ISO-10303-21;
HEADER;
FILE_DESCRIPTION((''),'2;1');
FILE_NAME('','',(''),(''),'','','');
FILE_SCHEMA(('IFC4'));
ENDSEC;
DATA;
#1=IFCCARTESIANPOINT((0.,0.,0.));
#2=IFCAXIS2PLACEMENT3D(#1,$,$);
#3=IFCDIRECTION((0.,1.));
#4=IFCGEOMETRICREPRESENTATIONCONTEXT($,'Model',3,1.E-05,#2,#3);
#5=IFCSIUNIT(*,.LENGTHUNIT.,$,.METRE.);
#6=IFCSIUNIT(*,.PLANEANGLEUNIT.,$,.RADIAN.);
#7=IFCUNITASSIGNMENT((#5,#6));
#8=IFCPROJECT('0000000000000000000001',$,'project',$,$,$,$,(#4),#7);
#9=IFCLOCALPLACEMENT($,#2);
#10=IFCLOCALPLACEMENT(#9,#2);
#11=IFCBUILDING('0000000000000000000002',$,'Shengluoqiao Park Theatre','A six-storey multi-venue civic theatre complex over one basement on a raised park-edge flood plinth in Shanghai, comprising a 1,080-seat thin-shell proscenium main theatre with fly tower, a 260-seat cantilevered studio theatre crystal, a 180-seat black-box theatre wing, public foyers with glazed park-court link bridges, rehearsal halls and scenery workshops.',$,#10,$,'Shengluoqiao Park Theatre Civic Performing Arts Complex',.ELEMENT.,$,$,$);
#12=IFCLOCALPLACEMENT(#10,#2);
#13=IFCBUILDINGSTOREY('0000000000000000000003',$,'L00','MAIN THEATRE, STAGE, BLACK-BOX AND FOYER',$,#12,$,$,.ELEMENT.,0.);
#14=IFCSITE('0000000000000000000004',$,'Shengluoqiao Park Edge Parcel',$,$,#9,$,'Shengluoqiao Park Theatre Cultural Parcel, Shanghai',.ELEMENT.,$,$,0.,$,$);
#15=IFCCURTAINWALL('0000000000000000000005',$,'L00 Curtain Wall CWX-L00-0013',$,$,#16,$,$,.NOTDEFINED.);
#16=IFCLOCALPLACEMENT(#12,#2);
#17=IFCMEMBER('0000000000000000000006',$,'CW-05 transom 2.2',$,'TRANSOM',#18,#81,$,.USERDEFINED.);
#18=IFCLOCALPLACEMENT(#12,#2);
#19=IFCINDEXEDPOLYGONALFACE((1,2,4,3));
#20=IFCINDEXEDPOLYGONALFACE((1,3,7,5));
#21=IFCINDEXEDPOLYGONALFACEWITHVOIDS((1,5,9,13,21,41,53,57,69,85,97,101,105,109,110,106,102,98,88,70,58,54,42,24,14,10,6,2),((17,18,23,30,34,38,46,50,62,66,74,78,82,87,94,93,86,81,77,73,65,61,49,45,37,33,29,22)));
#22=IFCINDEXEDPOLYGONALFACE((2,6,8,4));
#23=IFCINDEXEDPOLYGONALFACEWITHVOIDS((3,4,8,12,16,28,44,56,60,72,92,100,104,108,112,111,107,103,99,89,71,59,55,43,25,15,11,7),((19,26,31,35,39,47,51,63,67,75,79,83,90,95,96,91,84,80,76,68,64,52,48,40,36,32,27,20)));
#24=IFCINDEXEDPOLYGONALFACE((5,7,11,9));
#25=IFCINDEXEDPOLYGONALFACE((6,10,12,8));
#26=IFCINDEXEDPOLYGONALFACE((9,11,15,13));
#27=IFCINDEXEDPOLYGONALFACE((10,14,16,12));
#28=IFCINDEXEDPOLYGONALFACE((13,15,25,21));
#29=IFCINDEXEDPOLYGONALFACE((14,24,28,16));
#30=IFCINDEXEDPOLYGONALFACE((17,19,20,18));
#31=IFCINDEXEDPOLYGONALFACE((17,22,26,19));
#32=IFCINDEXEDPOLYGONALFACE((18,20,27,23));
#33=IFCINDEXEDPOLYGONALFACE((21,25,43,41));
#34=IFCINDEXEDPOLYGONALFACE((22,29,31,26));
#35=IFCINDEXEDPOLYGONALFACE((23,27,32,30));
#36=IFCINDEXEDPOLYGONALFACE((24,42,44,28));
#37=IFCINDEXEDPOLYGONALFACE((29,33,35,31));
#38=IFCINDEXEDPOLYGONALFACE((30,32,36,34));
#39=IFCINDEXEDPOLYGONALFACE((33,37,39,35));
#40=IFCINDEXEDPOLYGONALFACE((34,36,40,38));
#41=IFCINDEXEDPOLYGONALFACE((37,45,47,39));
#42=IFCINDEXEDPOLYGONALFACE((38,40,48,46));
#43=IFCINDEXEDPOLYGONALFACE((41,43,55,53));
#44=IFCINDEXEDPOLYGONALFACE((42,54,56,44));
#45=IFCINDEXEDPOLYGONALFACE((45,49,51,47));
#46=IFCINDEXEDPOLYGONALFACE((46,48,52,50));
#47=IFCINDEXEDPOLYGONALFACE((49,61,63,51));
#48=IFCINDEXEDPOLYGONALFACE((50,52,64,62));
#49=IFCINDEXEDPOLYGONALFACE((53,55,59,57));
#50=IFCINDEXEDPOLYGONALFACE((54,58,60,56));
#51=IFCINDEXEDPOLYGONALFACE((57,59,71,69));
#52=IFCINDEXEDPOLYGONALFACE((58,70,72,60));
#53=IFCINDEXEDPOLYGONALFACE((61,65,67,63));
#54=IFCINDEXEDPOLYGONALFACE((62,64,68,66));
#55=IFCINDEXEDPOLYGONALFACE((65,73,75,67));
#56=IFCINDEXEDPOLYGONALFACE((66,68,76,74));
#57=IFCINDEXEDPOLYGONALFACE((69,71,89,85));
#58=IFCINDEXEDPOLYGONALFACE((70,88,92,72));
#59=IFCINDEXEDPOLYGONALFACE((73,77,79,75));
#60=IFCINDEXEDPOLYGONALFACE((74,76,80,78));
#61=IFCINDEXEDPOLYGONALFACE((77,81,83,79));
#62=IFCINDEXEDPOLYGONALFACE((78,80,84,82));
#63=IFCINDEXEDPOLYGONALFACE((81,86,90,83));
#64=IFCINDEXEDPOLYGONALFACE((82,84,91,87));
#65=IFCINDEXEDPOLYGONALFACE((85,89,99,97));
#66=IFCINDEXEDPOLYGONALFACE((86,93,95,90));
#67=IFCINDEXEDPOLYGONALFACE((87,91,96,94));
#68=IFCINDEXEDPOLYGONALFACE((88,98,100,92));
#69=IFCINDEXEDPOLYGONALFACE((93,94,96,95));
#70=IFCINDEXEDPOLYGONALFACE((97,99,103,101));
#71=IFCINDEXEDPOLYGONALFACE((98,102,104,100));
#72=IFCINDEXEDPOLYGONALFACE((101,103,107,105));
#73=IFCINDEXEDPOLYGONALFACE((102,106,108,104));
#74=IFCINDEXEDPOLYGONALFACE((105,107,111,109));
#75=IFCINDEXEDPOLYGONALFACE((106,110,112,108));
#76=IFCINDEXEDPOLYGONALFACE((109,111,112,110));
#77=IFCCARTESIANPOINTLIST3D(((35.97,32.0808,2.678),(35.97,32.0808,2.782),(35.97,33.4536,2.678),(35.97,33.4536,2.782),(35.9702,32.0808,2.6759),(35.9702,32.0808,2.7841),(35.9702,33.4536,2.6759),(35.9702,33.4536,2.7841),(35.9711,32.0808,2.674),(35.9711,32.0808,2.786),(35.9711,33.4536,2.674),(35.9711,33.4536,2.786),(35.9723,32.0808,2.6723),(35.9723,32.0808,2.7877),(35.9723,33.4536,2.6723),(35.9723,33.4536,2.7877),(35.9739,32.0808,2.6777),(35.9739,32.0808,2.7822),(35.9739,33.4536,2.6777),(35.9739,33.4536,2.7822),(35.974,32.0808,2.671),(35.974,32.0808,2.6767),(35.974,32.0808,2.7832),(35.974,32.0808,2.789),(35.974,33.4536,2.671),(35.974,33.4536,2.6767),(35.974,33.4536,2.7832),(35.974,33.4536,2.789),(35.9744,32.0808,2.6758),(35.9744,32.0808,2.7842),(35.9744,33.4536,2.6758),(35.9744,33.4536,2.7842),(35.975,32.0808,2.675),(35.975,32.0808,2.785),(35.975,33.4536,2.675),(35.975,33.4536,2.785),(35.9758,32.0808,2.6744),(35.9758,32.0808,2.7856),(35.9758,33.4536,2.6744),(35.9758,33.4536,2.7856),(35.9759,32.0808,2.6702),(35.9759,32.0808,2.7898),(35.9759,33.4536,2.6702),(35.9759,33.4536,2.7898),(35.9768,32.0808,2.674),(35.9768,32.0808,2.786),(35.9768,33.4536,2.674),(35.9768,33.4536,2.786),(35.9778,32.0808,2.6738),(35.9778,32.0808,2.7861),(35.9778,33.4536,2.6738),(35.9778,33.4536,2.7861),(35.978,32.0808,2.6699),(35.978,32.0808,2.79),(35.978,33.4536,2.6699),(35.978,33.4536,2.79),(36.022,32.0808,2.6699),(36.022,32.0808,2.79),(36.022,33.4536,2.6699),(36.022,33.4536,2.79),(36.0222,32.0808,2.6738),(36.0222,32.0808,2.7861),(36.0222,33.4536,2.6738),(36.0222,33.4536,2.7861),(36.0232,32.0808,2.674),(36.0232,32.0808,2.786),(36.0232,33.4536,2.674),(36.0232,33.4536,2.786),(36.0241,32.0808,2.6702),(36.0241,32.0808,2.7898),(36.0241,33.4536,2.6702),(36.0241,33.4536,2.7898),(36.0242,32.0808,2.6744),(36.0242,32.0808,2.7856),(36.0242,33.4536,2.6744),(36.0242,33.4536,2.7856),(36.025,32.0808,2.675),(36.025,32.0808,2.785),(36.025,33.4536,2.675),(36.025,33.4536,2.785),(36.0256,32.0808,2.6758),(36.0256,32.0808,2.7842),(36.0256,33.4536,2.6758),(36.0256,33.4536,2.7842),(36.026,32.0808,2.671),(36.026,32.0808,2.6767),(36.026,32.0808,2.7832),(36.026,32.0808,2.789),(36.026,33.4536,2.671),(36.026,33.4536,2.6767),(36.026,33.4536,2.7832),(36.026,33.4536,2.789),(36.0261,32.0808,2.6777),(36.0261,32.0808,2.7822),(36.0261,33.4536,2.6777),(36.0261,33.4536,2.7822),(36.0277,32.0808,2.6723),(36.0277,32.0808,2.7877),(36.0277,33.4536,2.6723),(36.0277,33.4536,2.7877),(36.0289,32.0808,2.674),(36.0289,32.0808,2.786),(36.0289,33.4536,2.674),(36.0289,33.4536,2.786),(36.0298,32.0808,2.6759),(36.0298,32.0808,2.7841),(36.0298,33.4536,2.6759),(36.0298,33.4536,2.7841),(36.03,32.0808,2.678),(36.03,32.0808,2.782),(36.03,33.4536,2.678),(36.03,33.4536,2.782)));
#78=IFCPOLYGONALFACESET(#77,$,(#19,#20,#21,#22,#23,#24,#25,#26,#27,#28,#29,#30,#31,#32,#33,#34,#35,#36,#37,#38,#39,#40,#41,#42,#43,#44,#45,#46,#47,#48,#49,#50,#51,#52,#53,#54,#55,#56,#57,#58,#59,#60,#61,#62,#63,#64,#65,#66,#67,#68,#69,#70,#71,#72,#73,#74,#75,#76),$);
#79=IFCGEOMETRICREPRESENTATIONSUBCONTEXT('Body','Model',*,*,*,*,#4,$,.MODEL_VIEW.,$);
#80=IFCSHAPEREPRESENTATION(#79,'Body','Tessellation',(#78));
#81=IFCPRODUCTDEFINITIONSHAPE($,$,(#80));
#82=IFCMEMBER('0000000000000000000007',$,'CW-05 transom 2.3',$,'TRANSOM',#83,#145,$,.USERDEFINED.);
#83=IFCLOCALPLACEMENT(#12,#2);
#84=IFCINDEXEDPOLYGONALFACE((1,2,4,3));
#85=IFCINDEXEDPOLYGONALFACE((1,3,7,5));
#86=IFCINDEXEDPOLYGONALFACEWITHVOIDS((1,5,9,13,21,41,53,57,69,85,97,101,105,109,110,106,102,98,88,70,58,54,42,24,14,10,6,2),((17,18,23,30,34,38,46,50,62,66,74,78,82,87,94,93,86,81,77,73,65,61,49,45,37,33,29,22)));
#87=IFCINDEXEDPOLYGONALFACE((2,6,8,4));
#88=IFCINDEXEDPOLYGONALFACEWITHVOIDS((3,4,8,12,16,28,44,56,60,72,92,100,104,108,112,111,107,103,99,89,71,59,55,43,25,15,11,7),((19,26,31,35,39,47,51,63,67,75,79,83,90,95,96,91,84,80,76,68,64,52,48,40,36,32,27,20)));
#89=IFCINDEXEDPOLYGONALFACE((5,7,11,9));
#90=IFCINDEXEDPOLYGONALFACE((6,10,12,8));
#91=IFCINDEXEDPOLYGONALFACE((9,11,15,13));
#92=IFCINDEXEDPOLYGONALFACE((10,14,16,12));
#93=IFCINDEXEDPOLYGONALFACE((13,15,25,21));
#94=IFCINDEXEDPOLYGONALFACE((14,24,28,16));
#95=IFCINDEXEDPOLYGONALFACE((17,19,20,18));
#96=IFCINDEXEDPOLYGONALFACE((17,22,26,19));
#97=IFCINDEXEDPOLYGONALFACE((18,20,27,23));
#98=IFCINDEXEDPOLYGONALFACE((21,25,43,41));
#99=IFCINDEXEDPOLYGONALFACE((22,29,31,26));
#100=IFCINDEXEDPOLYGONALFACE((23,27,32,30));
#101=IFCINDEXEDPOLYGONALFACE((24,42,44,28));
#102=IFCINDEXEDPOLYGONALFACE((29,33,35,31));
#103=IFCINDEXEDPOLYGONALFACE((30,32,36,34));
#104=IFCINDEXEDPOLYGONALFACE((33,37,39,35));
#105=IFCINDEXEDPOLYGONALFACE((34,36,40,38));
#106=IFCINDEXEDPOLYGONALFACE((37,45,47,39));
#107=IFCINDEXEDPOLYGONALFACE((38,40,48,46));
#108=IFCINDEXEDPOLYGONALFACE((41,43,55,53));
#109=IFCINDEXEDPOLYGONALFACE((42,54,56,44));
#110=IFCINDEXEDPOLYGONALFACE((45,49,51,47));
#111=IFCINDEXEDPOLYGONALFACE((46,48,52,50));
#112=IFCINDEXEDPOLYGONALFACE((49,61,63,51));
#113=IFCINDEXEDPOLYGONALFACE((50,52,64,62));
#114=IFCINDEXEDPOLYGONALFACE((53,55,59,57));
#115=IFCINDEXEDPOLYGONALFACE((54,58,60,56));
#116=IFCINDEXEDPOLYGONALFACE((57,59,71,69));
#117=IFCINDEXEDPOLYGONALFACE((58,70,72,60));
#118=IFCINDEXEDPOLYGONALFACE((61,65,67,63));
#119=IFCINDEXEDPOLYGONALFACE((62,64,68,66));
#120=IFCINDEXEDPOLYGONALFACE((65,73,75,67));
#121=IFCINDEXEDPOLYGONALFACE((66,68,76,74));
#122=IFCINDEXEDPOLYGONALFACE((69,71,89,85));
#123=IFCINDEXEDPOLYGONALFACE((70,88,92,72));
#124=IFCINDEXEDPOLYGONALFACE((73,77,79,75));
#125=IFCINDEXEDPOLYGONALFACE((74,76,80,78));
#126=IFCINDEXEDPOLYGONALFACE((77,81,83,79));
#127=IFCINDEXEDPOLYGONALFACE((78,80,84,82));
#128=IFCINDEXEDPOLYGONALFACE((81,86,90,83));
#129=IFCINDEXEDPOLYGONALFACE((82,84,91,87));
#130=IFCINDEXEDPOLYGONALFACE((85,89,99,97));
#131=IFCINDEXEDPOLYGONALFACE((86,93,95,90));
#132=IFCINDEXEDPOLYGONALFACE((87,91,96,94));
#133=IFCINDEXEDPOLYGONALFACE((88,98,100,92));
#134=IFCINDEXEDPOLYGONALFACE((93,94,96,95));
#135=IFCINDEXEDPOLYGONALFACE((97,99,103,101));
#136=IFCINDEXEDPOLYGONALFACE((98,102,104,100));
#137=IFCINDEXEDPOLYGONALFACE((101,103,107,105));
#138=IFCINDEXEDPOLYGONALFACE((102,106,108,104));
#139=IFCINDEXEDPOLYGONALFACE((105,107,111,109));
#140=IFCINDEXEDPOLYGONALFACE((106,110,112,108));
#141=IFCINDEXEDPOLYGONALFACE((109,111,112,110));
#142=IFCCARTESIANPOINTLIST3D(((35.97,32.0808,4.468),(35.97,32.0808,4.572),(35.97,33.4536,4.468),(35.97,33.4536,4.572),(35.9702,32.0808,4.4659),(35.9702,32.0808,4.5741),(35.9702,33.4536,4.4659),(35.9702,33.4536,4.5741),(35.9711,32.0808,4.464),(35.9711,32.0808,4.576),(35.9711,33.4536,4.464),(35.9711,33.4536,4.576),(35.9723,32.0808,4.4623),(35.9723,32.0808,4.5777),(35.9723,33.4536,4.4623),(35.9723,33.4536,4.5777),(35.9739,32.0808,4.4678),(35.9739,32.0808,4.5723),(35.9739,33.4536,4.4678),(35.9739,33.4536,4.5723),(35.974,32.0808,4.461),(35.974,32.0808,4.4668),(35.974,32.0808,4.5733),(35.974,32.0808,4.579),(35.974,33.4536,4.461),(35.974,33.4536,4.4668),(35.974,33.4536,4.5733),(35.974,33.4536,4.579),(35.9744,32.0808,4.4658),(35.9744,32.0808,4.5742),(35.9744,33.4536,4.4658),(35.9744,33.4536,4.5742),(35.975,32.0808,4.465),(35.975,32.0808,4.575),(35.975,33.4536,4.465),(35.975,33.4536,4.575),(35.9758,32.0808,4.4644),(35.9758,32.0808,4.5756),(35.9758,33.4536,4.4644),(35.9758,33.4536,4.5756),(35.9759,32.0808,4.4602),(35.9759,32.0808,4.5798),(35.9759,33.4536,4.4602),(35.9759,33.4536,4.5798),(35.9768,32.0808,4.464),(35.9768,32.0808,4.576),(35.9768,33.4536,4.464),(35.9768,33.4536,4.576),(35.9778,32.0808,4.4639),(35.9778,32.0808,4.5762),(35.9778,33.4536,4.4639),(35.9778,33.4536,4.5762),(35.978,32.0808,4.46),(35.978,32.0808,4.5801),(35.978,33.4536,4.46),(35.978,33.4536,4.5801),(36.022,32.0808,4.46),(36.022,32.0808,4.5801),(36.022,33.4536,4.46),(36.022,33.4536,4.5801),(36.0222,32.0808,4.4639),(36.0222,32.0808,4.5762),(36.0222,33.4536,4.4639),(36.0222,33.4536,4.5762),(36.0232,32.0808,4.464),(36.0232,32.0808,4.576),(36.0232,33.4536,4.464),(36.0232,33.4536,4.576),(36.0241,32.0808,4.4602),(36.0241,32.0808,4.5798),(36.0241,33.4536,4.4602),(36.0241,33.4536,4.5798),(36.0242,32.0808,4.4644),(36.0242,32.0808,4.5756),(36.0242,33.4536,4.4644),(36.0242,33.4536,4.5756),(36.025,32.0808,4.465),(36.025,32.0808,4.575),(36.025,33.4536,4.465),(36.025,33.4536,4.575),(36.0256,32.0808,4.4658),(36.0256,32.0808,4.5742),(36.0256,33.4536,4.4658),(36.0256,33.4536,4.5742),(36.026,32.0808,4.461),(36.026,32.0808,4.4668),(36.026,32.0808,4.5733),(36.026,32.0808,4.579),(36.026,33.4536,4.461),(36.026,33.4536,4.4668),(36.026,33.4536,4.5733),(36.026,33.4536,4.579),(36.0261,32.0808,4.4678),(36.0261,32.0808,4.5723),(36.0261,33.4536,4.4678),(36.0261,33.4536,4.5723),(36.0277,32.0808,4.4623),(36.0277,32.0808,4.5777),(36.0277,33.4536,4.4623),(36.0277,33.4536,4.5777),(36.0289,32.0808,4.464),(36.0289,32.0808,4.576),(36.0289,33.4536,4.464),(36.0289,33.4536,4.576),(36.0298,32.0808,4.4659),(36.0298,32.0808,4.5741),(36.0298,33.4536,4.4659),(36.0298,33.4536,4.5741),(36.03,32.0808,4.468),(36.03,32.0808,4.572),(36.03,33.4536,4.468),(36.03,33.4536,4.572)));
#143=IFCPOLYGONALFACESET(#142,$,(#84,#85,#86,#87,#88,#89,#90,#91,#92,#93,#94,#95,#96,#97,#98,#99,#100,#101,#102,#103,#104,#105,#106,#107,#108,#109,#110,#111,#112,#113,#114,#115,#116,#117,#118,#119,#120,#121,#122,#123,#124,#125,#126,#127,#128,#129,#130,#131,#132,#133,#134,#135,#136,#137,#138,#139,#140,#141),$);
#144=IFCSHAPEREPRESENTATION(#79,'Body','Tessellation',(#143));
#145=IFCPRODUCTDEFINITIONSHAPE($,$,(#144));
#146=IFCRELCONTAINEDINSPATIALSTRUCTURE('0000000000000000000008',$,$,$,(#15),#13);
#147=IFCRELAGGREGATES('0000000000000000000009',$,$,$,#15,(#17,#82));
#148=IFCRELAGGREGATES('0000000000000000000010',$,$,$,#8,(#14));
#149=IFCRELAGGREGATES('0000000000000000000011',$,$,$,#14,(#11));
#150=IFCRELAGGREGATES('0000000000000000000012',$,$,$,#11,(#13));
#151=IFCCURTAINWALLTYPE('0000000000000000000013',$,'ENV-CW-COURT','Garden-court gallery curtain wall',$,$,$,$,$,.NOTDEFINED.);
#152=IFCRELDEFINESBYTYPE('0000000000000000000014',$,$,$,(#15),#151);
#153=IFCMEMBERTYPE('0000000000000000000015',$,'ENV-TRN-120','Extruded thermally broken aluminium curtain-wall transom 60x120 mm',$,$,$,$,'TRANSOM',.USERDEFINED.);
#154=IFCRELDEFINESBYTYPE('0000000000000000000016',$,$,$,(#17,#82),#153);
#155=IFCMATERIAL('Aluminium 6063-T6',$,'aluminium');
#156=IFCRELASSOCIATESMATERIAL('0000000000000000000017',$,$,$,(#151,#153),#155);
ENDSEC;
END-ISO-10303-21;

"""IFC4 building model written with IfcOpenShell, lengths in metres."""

from ifc_helpers import new_model, si_unit, direction, frame, origin, origin_2d, place, context, subcontext, project, spatial, hollow_rectangle, extrude, material, material_profile, profile_set, type_object, element, aggregate, save


model = new_model("IFC4")

# Units and contexts
model_context = context("Model", 3, precision=1e-05, world=origin(), true_north=direction((0.0, 1.0)))
body_context = subcontext(model_context, "Body", "Model", "MODEL_VIEW")
ifc_project = project(units=[si_unit("LENGTHUNIT", "METRE"), si_unit("PLANEANGLEUNIT", "RADIAN")], contexts=[model_context])

# Site, building, storey
site_placement = place(None, origin())
site = spatial("IfcSite", under=ifc_project, at=site_placement, Name="Shengluoqiao Park Edge Parcel", LongName="Shengluoqiao Park Theatre Cultural Parcel, Shanghai", CompositionType="ELEMENT", RefElevation=0.0)
building_placement = place(site_placement, origin())
building = spatial("IfcBuilding", under=site, at=building_placement, Name="Shengluoqiao Park Theatre", Description="A six-storey multi-venue civic theatre complex over one basement on a raised park-edge flood plinth in Shanghai, comprising a 1,080-seat thin-shell proscenium main theatre with fly tower, a 260-seat cantilevered studio theatre crystal, a 180-seat black-box theatre wing, public foyers with glazed park-court link bridges, rehearsal halls and scenery workshops.", LongName="Shengluoqiao Park Theatre Civic Performing Arts Complex", CompositionType="ELEMENT")
storey_placement = place(building_placement, origin())
storey = spatial("IfcBuildingStorey", under=building, at=storey_placement, Name="L00", Description="MAIN THEATRE, STAGE, BLACK-BOX AND FOYER", CompositionType="ELEMENT", Elevation=0.0)

# Curtain wall, members
ifc_material_1 = material(Name="Aluminium 6063-T6", Category="aluminium")
curtain_wall_type = type_object("IfcCurtainWallType", Name="ENV-CW-COURT", Description="Garden-court gallery curtain wall", PredefinedType="NOTDEFINED", material=ifc_material_1)
curtain_wall_placement = place(storey_placement, origin())
curtain_wall = element("IfcCurtainWall", 1, at=curtain_wall_placement, inside=storey, type_object=curtain_wall_type, Name="L00 Curtain Wall CWX-L00-0013", PredefinedType="NOTDEFINED")
ifc_material_profile_1 = material_profile(ifc_material_1, hollow_rectangle(XDim=0.0601, YDim=0.1201, WallThickness=0.0039, InnerFilletRadius=0.0039, OuterFilletRadius=0.0081, at=origin_2d()), Name="ALU TRANSOM 120x60x4")
ifc_profile_set_1 = profile_set([ifc_material_profile_1], Name="Aluminium 6063-T6")
member_type_1 = type_object("IfcMemberType", Name="ENV-TRN-120", Description="Extruded thermally broken aluminium curtain-wall transom 60x120 mm", ElementType="TRANSOM", PredefinedType="USERDEFINED", material=ifc_profile_set_1)
member_1_placement = place(storey_placement, frame((36.0, 32.0808, 2.73), z_axis=(0.0, 1.0, 0.0), x_axis=(-1.0, 0.0, 0.0)))
member_1 = element("IfcMember", 2, at=member_1_placement, type_object=member_type_1, Name="CW-05 transom 2.2", ObjectType="TRANSOM", PredefinedType="USERDEFINED", context=body_context, shape_type="SweptSolid", body=[
    extrude(hollow_rectangle(XDim=0.0601, YDim=0.1201, WallThickness=0.0039, InnerFilletRadius=0.0039, OuterFilletRadius=0.0081, at=origin_2d()), origin(), (0.0, 0.0, 1.0), 1.3728),
])
member_2_placement = place(storey_placement, frame((36.0, 32.0808, 4.52), z_axis=(0.0, 1.0, 0.0), x_axis=(-1.0, 0.0, 0.0)))
member_2 = element("IfcMember", 3, at=member_2_placement, type_object=member_type_1, Name="CW-05 transom 2.3", ObjectType="TRANSOM", PredefinedType="USERDEFINED", context=body_context, shape_type="SweptSolid", body=[
    extrude(hollow_rectangle(XDim=0.0601, YDim=0.1201, WallThickness=0.0039, InnerFilletRadius=0.0039, OuterFilletRadius=0.0081, at=origin_2d()), origin(), (0.0, 0.0, 1.0), 1.3728),
])
aggregate(curtain_wall, [member_1, member_2])

save(model, "model.ifc")
